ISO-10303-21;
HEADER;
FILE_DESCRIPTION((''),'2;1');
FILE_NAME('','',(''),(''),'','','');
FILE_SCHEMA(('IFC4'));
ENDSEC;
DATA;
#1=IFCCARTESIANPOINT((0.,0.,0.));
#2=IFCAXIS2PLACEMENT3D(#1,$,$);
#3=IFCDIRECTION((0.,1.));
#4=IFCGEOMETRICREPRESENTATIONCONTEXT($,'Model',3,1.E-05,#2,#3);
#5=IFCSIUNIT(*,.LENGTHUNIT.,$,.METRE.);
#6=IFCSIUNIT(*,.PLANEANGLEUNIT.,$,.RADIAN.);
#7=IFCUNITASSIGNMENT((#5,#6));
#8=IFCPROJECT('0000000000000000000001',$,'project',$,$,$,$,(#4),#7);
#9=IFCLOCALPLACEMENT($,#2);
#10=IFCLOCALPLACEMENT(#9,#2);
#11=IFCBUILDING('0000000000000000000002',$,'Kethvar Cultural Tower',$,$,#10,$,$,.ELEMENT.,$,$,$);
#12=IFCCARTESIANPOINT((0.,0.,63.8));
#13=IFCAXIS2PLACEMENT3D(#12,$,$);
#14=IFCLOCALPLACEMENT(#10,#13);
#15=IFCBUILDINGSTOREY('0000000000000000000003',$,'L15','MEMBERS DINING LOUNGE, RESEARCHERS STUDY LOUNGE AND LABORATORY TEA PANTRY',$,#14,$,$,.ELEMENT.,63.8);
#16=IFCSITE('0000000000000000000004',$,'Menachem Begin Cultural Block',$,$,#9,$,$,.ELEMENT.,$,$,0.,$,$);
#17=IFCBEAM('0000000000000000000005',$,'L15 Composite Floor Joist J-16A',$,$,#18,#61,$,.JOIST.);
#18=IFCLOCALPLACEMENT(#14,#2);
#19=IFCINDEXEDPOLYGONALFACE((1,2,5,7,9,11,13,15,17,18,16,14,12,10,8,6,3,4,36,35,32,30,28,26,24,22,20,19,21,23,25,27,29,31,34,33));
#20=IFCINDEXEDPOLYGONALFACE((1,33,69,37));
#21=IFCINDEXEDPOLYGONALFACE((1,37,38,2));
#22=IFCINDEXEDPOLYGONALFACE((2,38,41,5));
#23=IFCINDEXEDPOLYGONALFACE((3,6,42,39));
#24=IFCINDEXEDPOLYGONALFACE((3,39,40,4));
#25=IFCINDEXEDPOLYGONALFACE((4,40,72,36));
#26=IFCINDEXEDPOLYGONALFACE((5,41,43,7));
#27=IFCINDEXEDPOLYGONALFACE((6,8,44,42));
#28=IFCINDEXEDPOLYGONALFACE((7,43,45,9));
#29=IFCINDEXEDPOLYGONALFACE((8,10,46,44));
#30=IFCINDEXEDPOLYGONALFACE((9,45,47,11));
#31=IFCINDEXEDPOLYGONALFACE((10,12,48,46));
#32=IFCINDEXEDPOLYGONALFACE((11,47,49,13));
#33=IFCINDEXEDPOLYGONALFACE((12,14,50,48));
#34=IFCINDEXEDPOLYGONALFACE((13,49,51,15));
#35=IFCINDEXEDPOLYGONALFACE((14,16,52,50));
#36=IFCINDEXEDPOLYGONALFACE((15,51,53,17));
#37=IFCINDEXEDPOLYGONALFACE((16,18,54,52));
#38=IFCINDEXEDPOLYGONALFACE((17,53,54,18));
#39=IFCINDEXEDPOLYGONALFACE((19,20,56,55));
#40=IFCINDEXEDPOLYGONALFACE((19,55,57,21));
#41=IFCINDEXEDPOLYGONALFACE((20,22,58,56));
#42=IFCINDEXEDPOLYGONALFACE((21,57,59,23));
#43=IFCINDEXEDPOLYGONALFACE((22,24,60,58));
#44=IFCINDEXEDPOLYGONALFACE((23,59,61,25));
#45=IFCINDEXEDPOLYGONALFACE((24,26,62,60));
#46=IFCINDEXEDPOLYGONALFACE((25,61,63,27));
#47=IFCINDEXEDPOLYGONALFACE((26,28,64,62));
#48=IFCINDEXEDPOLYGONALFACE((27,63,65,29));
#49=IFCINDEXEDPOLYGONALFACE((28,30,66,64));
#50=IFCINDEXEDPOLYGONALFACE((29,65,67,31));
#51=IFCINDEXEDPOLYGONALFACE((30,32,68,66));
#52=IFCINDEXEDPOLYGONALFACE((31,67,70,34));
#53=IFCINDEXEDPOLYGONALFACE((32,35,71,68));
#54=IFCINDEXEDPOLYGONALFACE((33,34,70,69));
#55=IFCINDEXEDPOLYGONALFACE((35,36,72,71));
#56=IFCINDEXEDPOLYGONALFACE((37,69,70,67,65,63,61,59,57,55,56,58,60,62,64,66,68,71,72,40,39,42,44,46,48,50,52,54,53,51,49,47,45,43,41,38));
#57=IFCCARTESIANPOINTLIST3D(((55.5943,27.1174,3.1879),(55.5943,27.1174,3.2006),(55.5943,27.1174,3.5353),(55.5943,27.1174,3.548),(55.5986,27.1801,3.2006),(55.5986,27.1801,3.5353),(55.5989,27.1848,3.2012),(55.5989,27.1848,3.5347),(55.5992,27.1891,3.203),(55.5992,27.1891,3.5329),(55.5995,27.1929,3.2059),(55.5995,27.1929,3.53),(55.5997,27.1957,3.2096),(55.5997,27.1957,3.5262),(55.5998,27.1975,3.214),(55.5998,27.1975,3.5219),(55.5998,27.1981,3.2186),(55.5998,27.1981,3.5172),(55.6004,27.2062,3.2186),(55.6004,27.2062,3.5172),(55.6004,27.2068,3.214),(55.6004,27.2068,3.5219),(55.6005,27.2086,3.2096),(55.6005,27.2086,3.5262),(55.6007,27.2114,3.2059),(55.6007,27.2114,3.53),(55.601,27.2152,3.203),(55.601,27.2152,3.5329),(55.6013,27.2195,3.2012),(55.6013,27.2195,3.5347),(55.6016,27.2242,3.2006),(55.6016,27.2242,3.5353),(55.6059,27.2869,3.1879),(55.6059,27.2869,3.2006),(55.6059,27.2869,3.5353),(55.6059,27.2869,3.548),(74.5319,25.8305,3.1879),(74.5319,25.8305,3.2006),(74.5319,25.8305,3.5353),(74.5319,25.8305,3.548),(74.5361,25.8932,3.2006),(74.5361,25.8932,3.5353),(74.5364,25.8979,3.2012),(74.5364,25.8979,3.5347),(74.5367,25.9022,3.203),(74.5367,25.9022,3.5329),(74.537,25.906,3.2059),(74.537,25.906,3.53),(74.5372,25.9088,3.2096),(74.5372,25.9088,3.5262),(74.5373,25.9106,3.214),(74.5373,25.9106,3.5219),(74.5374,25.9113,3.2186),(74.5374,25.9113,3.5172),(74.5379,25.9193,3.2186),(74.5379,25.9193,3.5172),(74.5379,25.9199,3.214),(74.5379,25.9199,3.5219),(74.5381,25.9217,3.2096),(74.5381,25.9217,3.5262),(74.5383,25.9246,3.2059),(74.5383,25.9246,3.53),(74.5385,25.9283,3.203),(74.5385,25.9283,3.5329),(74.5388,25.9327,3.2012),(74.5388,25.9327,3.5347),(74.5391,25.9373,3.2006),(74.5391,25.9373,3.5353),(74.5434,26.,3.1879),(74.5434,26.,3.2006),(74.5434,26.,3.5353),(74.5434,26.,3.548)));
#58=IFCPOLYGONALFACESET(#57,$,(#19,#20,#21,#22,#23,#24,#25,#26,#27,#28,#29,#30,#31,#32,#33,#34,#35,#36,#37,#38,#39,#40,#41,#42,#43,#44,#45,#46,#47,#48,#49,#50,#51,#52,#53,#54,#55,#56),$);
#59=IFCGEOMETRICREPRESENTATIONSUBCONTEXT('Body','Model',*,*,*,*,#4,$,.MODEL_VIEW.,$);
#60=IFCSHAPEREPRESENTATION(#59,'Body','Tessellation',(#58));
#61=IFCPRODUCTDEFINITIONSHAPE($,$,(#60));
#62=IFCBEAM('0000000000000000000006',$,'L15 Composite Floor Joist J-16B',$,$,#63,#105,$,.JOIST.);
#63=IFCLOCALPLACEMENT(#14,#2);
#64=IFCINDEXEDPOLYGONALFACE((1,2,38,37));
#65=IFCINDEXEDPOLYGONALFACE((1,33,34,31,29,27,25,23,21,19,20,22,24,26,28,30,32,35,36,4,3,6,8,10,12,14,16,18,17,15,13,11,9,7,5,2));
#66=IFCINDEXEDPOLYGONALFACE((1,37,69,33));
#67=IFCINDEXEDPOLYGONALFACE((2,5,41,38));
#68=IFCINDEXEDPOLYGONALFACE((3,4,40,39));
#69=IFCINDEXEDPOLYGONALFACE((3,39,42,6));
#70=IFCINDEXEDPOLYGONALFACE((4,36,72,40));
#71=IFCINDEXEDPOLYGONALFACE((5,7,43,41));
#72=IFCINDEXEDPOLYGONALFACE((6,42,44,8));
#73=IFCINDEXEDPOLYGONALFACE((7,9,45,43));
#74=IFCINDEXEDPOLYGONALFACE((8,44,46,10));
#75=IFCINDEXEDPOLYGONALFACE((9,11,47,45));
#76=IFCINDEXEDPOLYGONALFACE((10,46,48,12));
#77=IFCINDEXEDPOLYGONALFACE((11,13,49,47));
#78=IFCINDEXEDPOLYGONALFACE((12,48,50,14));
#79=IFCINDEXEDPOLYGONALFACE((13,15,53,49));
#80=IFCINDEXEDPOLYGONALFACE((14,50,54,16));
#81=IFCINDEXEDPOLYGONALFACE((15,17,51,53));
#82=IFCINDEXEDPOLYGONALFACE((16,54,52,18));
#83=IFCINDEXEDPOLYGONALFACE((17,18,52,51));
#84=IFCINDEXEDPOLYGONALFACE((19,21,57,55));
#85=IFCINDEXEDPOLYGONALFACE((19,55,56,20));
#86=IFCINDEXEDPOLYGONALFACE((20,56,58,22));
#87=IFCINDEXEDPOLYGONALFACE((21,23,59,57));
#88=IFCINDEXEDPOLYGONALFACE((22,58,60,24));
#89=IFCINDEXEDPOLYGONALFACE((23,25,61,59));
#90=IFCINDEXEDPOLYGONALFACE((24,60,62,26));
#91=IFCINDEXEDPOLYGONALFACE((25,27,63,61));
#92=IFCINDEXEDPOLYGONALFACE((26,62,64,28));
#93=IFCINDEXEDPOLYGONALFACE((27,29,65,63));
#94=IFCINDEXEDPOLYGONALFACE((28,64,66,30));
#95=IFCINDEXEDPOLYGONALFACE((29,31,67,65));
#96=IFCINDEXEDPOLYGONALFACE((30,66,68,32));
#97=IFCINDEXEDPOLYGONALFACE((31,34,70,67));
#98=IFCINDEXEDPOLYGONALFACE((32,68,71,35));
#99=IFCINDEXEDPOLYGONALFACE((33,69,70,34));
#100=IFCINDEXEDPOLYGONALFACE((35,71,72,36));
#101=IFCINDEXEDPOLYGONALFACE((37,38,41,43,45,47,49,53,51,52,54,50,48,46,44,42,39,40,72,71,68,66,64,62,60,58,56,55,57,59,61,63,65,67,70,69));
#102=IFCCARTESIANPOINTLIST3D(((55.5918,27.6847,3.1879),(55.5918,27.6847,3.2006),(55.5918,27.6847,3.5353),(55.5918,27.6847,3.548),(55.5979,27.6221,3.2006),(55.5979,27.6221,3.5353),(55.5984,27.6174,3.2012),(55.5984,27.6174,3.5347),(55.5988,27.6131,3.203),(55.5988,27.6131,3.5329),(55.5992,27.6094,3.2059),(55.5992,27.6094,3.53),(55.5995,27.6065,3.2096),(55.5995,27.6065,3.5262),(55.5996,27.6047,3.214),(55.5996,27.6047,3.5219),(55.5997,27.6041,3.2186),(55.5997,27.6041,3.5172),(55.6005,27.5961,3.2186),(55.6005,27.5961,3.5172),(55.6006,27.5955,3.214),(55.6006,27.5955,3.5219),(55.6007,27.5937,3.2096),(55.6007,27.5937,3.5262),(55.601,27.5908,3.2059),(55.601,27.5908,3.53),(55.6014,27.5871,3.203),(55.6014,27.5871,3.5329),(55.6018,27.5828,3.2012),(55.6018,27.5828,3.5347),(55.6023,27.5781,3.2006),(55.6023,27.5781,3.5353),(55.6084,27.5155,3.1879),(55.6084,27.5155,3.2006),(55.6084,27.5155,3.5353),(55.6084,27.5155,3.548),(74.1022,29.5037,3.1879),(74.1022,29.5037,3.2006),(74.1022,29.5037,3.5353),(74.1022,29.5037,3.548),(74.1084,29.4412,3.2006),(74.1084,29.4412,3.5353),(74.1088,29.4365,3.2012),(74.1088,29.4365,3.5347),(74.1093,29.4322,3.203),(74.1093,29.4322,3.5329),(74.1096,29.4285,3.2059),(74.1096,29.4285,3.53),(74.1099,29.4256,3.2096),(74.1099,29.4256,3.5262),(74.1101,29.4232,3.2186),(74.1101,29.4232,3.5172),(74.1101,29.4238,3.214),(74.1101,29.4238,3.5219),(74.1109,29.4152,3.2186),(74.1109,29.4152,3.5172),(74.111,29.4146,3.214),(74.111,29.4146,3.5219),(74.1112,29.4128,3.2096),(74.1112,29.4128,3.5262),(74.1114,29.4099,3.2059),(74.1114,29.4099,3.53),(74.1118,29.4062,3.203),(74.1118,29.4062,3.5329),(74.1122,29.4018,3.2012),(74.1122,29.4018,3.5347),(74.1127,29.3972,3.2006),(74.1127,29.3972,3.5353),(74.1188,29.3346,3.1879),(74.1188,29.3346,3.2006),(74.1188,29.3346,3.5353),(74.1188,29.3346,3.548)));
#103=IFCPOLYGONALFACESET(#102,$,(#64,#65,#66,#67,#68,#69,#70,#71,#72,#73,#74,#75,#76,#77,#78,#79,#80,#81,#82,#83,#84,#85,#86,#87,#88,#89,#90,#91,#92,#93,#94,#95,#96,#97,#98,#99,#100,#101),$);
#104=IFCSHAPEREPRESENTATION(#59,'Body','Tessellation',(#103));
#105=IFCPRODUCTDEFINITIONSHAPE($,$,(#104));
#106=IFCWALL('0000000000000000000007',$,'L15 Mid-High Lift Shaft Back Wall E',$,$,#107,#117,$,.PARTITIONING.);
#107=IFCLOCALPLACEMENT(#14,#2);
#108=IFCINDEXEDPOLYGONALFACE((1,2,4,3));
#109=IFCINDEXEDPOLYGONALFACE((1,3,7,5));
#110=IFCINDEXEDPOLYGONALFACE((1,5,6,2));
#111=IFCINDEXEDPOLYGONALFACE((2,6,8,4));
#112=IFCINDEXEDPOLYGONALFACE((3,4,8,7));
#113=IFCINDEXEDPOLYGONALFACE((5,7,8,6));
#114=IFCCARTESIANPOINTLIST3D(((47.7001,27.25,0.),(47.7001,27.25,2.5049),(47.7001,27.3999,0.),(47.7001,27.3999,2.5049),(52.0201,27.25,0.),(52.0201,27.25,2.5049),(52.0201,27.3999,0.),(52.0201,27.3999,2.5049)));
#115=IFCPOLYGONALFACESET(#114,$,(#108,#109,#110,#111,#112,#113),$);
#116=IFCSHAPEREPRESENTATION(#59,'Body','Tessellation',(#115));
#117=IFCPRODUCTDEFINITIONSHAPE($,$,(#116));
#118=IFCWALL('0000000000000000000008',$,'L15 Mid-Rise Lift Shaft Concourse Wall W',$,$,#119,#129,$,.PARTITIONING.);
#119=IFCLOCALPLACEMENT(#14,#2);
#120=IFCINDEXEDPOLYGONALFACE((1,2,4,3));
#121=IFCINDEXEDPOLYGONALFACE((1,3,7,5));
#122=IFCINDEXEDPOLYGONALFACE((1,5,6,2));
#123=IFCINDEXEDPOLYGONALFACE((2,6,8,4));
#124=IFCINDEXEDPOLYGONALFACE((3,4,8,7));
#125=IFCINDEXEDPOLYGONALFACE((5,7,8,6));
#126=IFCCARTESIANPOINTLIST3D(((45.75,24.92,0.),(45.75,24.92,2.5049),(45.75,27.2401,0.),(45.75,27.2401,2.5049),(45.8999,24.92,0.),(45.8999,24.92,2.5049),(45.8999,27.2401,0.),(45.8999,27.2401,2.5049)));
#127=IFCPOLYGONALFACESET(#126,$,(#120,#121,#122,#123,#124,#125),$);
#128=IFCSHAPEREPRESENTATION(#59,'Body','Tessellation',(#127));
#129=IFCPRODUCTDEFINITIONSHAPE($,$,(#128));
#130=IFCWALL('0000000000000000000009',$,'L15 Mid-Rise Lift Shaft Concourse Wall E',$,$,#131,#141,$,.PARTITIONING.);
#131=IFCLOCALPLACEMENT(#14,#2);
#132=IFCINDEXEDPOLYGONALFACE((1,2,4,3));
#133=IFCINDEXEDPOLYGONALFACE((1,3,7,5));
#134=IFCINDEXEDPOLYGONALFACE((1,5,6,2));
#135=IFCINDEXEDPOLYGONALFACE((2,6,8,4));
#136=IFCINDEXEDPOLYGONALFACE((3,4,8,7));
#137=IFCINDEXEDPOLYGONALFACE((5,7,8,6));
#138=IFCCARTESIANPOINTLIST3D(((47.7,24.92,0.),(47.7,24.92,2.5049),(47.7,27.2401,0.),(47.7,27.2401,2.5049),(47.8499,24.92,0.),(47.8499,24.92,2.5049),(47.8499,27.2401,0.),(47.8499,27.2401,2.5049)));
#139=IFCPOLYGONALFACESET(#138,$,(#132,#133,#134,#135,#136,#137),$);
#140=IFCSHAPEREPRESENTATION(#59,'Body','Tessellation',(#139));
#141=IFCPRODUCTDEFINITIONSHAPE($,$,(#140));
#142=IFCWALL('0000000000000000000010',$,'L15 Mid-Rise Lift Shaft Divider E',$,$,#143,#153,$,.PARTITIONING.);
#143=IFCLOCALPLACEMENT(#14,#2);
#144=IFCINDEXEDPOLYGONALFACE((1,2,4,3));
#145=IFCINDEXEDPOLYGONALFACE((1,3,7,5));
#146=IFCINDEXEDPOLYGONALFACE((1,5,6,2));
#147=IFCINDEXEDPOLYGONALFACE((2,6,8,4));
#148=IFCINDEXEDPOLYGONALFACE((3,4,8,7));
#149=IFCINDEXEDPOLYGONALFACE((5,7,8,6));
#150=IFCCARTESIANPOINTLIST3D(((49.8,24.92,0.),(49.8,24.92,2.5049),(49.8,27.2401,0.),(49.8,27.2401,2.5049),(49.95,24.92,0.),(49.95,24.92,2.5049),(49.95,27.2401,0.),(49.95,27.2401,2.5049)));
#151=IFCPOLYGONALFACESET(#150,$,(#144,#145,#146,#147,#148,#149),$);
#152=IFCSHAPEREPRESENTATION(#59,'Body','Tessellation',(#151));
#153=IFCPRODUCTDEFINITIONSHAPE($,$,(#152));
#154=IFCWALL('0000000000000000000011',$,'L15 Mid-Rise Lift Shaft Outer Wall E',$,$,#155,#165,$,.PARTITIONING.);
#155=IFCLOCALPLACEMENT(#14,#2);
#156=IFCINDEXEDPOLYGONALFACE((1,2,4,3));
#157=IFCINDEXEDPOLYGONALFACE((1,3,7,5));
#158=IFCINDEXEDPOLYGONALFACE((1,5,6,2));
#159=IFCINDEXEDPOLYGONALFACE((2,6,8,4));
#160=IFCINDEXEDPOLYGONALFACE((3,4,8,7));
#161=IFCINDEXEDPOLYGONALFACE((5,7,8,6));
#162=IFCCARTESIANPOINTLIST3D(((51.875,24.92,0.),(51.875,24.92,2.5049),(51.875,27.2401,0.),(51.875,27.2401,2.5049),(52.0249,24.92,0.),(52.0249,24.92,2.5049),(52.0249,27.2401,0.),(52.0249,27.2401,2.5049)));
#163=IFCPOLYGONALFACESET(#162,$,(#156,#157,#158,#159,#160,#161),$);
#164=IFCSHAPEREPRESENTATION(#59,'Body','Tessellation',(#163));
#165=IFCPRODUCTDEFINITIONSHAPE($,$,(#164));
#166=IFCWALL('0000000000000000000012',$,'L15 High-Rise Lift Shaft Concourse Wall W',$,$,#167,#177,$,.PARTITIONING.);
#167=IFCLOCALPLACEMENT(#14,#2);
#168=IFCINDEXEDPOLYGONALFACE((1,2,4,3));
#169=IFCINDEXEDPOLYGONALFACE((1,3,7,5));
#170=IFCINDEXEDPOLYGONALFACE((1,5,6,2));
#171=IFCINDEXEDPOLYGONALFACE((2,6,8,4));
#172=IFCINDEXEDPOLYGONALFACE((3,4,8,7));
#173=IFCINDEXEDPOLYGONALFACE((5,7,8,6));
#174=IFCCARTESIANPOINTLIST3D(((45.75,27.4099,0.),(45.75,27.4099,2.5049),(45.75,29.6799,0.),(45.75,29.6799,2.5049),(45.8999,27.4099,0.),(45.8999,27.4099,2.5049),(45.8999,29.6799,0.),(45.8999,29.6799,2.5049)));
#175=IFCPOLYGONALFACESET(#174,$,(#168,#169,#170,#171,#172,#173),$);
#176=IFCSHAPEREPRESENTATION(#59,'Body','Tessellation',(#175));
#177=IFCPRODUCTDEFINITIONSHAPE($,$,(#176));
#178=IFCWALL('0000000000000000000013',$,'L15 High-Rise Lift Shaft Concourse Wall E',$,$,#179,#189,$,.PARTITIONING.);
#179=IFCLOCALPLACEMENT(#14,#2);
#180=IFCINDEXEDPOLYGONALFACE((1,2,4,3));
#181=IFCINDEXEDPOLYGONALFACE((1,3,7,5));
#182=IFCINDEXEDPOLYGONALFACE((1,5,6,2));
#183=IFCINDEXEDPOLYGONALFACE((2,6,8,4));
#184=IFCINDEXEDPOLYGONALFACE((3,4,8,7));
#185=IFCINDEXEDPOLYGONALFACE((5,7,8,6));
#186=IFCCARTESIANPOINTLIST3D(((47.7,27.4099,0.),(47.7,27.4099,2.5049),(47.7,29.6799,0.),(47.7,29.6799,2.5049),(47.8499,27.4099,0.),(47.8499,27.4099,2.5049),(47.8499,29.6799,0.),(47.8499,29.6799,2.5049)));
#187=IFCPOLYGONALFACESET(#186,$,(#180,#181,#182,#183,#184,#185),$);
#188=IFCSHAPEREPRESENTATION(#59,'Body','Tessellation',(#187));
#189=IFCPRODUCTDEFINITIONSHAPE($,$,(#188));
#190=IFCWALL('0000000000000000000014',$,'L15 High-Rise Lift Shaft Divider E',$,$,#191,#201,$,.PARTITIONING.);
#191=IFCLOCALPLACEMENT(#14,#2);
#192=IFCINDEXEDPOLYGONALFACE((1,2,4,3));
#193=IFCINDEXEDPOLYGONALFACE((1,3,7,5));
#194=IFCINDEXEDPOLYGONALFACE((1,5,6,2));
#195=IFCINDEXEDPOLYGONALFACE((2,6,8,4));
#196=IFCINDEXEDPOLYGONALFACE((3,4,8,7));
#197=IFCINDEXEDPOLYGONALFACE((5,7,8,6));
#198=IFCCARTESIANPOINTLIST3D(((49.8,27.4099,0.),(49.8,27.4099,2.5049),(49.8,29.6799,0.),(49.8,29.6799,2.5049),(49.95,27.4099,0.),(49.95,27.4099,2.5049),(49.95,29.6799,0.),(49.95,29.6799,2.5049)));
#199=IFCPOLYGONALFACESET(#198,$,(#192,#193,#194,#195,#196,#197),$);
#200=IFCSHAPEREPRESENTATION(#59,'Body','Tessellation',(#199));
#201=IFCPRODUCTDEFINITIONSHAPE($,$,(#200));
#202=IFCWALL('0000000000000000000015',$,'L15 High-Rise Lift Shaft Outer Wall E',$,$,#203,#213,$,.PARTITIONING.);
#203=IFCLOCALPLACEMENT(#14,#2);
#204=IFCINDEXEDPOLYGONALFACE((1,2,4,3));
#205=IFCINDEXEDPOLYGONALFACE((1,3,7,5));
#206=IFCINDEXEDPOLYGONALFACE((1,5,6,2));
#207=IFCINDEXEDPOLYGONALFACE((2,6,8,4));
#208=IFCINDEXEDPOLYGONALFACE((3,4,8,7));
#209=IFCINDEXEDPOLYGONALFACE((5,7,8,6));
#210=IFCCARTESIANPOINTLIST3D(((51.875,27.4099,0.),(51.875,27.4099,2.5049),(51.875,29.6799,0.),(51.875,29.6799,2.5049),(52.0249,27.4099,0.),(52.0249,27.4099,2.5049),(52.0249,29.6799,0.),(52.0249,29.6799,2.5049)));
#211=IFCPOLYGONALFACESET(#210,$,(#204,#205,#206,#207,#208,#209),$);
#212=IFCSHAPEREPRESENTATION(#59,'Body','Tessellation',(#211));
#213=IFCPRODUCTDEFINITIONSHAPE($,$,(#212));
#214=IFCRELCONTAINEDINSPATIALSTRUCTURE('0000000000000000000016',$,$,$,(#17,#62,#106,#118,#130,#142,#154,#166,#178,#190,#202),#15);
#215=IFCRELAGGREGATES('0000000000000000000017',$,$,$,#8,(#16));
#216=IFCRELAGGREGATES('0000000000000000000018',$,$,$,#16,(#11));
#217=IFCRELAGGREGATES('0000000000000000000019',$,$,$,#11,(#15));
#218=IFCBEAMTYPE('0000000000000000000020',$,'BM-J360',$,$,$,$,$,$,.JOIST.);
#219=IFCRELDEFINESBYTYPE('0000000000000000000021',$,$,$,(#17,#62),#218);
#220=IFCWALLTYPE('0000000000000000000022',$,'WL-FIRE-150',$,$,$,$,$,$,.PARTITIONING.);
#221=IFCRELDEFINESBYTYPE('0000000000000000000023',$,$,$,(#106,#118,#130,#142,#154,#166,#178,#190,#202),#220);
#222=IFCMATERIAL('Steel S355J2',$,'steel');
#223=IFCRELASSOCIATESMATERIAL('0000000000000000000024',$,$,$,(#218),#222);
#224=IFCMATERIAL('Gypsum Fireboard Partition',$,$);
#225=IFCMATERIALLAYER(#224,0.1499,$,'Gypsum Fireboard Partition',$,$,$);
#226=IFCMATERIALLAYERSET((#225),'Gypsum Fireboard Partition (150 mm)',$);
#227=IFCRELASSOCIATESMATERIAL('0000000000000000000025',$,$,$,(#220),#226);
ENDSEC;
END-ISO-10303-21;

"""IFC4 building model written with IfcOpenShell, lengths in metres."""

from ifc_helpers import new_model, si_unit, direction, frame, frame_2d, origin, origin_2d, place, context, subcontext, project, spatial, rectangle, i_section, extrude, source, transform, mapped, material, layer, layer_set, material_profile, profile_set, type_object, element, save


model = new_model("IFC4")

# Units and contexts
model_context = context("Model", 3, precision=1e-05, world=origin(), true_north=direction((0.0, 1.0)))
body_context = subcontext(model_context, "Body", "Model", "MODEL_VIEW")
ifc_project = project(units=[si_unit("LENGTHUNIT", "METRE"), si_unit("PLANEANGLEUNIT", "RADIAN")], contexts=[model_context])

# Site, building, storey
site_placement = place(None, origin())
site = spatial("IfcSite", under=ifc_project, at=site_placement, Name="Menachem Begin Cultural Block", CompositionType="ELEMENT", RefElevation=0.0)
building_placement = place(site_placement, origin())
building = spatial("IfcBuilding", under=site, at=building_placement, Name="Kethvar Cultural Tower", CompositionType="ELEMENT")
storey_placement = place(building_placement, frame((0.0, 0.0, 63.8)))
storey = spatial("IfcBuildingStorey", under=building, at=storey_placement, Name="L15", Description="MEMBERS DINING LOUNGE, RESEARCHERS STUDY LOUNGE AND LABORATORY TEA PANTRY", CompositionType="ELEMENT", Elevation=63.8)

# Beams
ifc_material_1 = material(Name="Steel S355J2", Category="steel")
ifc_material_profile_1 = material_profile(ifc_material_1, i_section(OverallWidth=0.1699, OverallDepth=0.3601, WebThickness=0.0081, FlangeThickness=0.0127, FilletRadius=0.0181, at=origin_2d()), Name="Steel S355J2 — IPE360")
ifc_profile_set_1 = profile_set([ifc_material_profile_1], Name="Steel S355J2 — IPE360")
beam_type_1 = type_object("IfcBeamType", Name="BM-J360", PredefinedType="JOIST", material=ifc_profile_set_1)
shared_shape_1 = source(origin(), body_context, "Body", "SweptSolid", [
    extrude(i_section(OverallWidth=0.1699, OverallDepth=0.3601, WebThickness=0.0081, FlangeThickness=0.0127, FilletRadius=0.0181, at=origin_2d()), origin(), (0.0, 0.0, 1.0), 18.9812),
])
beam_1_placement = place(storey_placement, frame((55.6001, 27.2021, 3.3679), z_axis=(0.997699, -0.067797, 0.0), x_axis=(0.067797, 0.997699, 0.0)))
element("IfcBeam", 1, at=beam_1_placement, inside=storey, type_object=beam_type_1, Name="L15 Composite Floor Joist J-16A", PredefinedType="JOIST", context=body_context, shape_type="MappedRepresentation", body=[
    mapped(shared_shape_1, transform((0.0, 0.0, 0.0), scale=1.0)),
])
shared_shape_2 = source(origin(), body_context, "Body", "SweptSolid", [
    extrude(i_section(OverallWidth=0.1699, OverallDepth=0.3601, WebThickness=0.0081, FlangeThickness=0.0127, FilletRadius=0.0181, at=origin_2d()), origin(), (0.0, 0.0, 1.0), 18.5996),
])
beam_2_placement = place(storey_placement, frame((55.6001, 27.6001, 3.3679), z_axis=(0.995206, 0.097802, 0.0), x_axis=(-0.097802, 0.995206, 0.0)))
element("IfcBeam", 2, at=beam_2_placement, inside=storey, type_object=beam_type_1, Name="L15 Composite Floor Joist J-16B", PredefinedType="JOIST", context=body_context, shape_type="MappedRepresentation", body=[
    mapped(shared_shape_2, transform((0.0, 0.0, 0.0), scale=1.0)),
])

# Walls
ifc_material_2 = material(Name="Gypsum Fireboard Partition")
ifc_layer_1 = layer(ifc_material_2, 0.1499, Name="Gypsum Fireboard Partition")
ifc_layer_set_1 = layer_set([ifc_layer_1], Name="Gypsum Fireboard Partition (150 mm)")
wall_type_1 = type_object("IfcWallType", Name="WL-FIRE-150", PredefinedType="PARTITIONING", material=ifc_layer_set_1)
wall_1_placement = place(storey_placement, frame((47.7, 27.325, 0.0), z_axis=(0.0, 0.0, 1.0), x_axis=(1.0, 0.0, 0.0)))
element("IfcWall", 3, at=wall_1_placement, inside=storey, type_object=wall_type_1, Name="L15 Mid-High Lift Shaft Back Wall E", PredefinedType="PARTITIONING", context=body_context, shape_type="SweptSolid", body=[
    extrude(rectangle(XDim=4.3201, YDim=0.1499, at=frame_2d((2.1602, 0.0))), origin(), (0.0, 0.0, 1.0), 2.5049),
])
for number, where, z_axis, x_axis, name in (
    (4, (45.825, 24.9199, 0.0), (0.0, 0.0, 1.0), (0.0, 1.0, 0.0), "L15 Mid-Rise Lift Shaft Concourse Wall W"),
    (5, (47.7749, 24.9199, 0.0), (0.0, 0.0, 1.0), (0.0, 1.0, 0.0), "L15 Mid-Rise Lift Shaft Concourse Wall E"),
    (6, (49.875, 24.9199, 0.0), (0.0, 0.0, 1.0), (0.0, 1.0, 0.0), "L15 Mid-Rise Lift Shaft Divider E"),
    (7, (51.95, 24.9199, 0.0), (0.0, 0.0, 1.0), (0.0, 1.0, 0.0), "L15 Mid-Rise Lift Shaft Outer Wall E"),
):
    element("IfcWall", number, at=place(storey_placement, frame(where, z_axis=z_axis, x_axis=x_axis)), inside=storey, type_object=wall_type_1, Name=name, PredefinedType="PARTITIONING", context=body_context, shape_type="SweptSolid", body=[
        extrude(rectangle(XDim=2.3201, YDim=0.1499, at=frame_2d((1.1602, 0.0))), origin(), (0.0, 0.0, 1.0), 2.5049),
    ])
for number, where, z_axis, x_axis, name in (
    (8, (45.825, 27.4099, 0.0), (0.0, 0.0, 1.0), (0.0, 1.0, 0.0), "L15 High-Rise Lift Shaft Concourse Wall W"),
    (9, (47.7749, 27.4099, 0.0), (0.0, 0.0, 1.0), (0.0, 1.0, 0.0), "L15 High-Rise Lift Shaft Concourse Wall E"),
    (10, (49.875, 27.4099, 0.0), (0.0, 0.0, 1.0), (0.0, 1.0, 0.0), "L15 High-Rise Lift Shaft Divider E"),
    (11, (51.95, 27.4099, 0.0), (0.0, 0.0, 1.0), (0.0, 1.0, 0.0), "L15 High-Rise Lift Shaft Outer Wall E"),
):
    element("IfcWall", number, at=place(storey_placement, frame(where, z_axis=z_axis, x_axis=x_axis)), inside=storey, type_object=wall_type_1, Name=name, PredefinedType="PARTITIONING", context=body_context, shape_type="SweptSolid", body=[
        extrude(rectangle(XDim=2.27, YDim=0.1499, at=frame_2d((1.135, 0.0))), origin(), (0.0, 0.0, 1.0), 2.5049),
    ])

save(model, "model.ifc")
